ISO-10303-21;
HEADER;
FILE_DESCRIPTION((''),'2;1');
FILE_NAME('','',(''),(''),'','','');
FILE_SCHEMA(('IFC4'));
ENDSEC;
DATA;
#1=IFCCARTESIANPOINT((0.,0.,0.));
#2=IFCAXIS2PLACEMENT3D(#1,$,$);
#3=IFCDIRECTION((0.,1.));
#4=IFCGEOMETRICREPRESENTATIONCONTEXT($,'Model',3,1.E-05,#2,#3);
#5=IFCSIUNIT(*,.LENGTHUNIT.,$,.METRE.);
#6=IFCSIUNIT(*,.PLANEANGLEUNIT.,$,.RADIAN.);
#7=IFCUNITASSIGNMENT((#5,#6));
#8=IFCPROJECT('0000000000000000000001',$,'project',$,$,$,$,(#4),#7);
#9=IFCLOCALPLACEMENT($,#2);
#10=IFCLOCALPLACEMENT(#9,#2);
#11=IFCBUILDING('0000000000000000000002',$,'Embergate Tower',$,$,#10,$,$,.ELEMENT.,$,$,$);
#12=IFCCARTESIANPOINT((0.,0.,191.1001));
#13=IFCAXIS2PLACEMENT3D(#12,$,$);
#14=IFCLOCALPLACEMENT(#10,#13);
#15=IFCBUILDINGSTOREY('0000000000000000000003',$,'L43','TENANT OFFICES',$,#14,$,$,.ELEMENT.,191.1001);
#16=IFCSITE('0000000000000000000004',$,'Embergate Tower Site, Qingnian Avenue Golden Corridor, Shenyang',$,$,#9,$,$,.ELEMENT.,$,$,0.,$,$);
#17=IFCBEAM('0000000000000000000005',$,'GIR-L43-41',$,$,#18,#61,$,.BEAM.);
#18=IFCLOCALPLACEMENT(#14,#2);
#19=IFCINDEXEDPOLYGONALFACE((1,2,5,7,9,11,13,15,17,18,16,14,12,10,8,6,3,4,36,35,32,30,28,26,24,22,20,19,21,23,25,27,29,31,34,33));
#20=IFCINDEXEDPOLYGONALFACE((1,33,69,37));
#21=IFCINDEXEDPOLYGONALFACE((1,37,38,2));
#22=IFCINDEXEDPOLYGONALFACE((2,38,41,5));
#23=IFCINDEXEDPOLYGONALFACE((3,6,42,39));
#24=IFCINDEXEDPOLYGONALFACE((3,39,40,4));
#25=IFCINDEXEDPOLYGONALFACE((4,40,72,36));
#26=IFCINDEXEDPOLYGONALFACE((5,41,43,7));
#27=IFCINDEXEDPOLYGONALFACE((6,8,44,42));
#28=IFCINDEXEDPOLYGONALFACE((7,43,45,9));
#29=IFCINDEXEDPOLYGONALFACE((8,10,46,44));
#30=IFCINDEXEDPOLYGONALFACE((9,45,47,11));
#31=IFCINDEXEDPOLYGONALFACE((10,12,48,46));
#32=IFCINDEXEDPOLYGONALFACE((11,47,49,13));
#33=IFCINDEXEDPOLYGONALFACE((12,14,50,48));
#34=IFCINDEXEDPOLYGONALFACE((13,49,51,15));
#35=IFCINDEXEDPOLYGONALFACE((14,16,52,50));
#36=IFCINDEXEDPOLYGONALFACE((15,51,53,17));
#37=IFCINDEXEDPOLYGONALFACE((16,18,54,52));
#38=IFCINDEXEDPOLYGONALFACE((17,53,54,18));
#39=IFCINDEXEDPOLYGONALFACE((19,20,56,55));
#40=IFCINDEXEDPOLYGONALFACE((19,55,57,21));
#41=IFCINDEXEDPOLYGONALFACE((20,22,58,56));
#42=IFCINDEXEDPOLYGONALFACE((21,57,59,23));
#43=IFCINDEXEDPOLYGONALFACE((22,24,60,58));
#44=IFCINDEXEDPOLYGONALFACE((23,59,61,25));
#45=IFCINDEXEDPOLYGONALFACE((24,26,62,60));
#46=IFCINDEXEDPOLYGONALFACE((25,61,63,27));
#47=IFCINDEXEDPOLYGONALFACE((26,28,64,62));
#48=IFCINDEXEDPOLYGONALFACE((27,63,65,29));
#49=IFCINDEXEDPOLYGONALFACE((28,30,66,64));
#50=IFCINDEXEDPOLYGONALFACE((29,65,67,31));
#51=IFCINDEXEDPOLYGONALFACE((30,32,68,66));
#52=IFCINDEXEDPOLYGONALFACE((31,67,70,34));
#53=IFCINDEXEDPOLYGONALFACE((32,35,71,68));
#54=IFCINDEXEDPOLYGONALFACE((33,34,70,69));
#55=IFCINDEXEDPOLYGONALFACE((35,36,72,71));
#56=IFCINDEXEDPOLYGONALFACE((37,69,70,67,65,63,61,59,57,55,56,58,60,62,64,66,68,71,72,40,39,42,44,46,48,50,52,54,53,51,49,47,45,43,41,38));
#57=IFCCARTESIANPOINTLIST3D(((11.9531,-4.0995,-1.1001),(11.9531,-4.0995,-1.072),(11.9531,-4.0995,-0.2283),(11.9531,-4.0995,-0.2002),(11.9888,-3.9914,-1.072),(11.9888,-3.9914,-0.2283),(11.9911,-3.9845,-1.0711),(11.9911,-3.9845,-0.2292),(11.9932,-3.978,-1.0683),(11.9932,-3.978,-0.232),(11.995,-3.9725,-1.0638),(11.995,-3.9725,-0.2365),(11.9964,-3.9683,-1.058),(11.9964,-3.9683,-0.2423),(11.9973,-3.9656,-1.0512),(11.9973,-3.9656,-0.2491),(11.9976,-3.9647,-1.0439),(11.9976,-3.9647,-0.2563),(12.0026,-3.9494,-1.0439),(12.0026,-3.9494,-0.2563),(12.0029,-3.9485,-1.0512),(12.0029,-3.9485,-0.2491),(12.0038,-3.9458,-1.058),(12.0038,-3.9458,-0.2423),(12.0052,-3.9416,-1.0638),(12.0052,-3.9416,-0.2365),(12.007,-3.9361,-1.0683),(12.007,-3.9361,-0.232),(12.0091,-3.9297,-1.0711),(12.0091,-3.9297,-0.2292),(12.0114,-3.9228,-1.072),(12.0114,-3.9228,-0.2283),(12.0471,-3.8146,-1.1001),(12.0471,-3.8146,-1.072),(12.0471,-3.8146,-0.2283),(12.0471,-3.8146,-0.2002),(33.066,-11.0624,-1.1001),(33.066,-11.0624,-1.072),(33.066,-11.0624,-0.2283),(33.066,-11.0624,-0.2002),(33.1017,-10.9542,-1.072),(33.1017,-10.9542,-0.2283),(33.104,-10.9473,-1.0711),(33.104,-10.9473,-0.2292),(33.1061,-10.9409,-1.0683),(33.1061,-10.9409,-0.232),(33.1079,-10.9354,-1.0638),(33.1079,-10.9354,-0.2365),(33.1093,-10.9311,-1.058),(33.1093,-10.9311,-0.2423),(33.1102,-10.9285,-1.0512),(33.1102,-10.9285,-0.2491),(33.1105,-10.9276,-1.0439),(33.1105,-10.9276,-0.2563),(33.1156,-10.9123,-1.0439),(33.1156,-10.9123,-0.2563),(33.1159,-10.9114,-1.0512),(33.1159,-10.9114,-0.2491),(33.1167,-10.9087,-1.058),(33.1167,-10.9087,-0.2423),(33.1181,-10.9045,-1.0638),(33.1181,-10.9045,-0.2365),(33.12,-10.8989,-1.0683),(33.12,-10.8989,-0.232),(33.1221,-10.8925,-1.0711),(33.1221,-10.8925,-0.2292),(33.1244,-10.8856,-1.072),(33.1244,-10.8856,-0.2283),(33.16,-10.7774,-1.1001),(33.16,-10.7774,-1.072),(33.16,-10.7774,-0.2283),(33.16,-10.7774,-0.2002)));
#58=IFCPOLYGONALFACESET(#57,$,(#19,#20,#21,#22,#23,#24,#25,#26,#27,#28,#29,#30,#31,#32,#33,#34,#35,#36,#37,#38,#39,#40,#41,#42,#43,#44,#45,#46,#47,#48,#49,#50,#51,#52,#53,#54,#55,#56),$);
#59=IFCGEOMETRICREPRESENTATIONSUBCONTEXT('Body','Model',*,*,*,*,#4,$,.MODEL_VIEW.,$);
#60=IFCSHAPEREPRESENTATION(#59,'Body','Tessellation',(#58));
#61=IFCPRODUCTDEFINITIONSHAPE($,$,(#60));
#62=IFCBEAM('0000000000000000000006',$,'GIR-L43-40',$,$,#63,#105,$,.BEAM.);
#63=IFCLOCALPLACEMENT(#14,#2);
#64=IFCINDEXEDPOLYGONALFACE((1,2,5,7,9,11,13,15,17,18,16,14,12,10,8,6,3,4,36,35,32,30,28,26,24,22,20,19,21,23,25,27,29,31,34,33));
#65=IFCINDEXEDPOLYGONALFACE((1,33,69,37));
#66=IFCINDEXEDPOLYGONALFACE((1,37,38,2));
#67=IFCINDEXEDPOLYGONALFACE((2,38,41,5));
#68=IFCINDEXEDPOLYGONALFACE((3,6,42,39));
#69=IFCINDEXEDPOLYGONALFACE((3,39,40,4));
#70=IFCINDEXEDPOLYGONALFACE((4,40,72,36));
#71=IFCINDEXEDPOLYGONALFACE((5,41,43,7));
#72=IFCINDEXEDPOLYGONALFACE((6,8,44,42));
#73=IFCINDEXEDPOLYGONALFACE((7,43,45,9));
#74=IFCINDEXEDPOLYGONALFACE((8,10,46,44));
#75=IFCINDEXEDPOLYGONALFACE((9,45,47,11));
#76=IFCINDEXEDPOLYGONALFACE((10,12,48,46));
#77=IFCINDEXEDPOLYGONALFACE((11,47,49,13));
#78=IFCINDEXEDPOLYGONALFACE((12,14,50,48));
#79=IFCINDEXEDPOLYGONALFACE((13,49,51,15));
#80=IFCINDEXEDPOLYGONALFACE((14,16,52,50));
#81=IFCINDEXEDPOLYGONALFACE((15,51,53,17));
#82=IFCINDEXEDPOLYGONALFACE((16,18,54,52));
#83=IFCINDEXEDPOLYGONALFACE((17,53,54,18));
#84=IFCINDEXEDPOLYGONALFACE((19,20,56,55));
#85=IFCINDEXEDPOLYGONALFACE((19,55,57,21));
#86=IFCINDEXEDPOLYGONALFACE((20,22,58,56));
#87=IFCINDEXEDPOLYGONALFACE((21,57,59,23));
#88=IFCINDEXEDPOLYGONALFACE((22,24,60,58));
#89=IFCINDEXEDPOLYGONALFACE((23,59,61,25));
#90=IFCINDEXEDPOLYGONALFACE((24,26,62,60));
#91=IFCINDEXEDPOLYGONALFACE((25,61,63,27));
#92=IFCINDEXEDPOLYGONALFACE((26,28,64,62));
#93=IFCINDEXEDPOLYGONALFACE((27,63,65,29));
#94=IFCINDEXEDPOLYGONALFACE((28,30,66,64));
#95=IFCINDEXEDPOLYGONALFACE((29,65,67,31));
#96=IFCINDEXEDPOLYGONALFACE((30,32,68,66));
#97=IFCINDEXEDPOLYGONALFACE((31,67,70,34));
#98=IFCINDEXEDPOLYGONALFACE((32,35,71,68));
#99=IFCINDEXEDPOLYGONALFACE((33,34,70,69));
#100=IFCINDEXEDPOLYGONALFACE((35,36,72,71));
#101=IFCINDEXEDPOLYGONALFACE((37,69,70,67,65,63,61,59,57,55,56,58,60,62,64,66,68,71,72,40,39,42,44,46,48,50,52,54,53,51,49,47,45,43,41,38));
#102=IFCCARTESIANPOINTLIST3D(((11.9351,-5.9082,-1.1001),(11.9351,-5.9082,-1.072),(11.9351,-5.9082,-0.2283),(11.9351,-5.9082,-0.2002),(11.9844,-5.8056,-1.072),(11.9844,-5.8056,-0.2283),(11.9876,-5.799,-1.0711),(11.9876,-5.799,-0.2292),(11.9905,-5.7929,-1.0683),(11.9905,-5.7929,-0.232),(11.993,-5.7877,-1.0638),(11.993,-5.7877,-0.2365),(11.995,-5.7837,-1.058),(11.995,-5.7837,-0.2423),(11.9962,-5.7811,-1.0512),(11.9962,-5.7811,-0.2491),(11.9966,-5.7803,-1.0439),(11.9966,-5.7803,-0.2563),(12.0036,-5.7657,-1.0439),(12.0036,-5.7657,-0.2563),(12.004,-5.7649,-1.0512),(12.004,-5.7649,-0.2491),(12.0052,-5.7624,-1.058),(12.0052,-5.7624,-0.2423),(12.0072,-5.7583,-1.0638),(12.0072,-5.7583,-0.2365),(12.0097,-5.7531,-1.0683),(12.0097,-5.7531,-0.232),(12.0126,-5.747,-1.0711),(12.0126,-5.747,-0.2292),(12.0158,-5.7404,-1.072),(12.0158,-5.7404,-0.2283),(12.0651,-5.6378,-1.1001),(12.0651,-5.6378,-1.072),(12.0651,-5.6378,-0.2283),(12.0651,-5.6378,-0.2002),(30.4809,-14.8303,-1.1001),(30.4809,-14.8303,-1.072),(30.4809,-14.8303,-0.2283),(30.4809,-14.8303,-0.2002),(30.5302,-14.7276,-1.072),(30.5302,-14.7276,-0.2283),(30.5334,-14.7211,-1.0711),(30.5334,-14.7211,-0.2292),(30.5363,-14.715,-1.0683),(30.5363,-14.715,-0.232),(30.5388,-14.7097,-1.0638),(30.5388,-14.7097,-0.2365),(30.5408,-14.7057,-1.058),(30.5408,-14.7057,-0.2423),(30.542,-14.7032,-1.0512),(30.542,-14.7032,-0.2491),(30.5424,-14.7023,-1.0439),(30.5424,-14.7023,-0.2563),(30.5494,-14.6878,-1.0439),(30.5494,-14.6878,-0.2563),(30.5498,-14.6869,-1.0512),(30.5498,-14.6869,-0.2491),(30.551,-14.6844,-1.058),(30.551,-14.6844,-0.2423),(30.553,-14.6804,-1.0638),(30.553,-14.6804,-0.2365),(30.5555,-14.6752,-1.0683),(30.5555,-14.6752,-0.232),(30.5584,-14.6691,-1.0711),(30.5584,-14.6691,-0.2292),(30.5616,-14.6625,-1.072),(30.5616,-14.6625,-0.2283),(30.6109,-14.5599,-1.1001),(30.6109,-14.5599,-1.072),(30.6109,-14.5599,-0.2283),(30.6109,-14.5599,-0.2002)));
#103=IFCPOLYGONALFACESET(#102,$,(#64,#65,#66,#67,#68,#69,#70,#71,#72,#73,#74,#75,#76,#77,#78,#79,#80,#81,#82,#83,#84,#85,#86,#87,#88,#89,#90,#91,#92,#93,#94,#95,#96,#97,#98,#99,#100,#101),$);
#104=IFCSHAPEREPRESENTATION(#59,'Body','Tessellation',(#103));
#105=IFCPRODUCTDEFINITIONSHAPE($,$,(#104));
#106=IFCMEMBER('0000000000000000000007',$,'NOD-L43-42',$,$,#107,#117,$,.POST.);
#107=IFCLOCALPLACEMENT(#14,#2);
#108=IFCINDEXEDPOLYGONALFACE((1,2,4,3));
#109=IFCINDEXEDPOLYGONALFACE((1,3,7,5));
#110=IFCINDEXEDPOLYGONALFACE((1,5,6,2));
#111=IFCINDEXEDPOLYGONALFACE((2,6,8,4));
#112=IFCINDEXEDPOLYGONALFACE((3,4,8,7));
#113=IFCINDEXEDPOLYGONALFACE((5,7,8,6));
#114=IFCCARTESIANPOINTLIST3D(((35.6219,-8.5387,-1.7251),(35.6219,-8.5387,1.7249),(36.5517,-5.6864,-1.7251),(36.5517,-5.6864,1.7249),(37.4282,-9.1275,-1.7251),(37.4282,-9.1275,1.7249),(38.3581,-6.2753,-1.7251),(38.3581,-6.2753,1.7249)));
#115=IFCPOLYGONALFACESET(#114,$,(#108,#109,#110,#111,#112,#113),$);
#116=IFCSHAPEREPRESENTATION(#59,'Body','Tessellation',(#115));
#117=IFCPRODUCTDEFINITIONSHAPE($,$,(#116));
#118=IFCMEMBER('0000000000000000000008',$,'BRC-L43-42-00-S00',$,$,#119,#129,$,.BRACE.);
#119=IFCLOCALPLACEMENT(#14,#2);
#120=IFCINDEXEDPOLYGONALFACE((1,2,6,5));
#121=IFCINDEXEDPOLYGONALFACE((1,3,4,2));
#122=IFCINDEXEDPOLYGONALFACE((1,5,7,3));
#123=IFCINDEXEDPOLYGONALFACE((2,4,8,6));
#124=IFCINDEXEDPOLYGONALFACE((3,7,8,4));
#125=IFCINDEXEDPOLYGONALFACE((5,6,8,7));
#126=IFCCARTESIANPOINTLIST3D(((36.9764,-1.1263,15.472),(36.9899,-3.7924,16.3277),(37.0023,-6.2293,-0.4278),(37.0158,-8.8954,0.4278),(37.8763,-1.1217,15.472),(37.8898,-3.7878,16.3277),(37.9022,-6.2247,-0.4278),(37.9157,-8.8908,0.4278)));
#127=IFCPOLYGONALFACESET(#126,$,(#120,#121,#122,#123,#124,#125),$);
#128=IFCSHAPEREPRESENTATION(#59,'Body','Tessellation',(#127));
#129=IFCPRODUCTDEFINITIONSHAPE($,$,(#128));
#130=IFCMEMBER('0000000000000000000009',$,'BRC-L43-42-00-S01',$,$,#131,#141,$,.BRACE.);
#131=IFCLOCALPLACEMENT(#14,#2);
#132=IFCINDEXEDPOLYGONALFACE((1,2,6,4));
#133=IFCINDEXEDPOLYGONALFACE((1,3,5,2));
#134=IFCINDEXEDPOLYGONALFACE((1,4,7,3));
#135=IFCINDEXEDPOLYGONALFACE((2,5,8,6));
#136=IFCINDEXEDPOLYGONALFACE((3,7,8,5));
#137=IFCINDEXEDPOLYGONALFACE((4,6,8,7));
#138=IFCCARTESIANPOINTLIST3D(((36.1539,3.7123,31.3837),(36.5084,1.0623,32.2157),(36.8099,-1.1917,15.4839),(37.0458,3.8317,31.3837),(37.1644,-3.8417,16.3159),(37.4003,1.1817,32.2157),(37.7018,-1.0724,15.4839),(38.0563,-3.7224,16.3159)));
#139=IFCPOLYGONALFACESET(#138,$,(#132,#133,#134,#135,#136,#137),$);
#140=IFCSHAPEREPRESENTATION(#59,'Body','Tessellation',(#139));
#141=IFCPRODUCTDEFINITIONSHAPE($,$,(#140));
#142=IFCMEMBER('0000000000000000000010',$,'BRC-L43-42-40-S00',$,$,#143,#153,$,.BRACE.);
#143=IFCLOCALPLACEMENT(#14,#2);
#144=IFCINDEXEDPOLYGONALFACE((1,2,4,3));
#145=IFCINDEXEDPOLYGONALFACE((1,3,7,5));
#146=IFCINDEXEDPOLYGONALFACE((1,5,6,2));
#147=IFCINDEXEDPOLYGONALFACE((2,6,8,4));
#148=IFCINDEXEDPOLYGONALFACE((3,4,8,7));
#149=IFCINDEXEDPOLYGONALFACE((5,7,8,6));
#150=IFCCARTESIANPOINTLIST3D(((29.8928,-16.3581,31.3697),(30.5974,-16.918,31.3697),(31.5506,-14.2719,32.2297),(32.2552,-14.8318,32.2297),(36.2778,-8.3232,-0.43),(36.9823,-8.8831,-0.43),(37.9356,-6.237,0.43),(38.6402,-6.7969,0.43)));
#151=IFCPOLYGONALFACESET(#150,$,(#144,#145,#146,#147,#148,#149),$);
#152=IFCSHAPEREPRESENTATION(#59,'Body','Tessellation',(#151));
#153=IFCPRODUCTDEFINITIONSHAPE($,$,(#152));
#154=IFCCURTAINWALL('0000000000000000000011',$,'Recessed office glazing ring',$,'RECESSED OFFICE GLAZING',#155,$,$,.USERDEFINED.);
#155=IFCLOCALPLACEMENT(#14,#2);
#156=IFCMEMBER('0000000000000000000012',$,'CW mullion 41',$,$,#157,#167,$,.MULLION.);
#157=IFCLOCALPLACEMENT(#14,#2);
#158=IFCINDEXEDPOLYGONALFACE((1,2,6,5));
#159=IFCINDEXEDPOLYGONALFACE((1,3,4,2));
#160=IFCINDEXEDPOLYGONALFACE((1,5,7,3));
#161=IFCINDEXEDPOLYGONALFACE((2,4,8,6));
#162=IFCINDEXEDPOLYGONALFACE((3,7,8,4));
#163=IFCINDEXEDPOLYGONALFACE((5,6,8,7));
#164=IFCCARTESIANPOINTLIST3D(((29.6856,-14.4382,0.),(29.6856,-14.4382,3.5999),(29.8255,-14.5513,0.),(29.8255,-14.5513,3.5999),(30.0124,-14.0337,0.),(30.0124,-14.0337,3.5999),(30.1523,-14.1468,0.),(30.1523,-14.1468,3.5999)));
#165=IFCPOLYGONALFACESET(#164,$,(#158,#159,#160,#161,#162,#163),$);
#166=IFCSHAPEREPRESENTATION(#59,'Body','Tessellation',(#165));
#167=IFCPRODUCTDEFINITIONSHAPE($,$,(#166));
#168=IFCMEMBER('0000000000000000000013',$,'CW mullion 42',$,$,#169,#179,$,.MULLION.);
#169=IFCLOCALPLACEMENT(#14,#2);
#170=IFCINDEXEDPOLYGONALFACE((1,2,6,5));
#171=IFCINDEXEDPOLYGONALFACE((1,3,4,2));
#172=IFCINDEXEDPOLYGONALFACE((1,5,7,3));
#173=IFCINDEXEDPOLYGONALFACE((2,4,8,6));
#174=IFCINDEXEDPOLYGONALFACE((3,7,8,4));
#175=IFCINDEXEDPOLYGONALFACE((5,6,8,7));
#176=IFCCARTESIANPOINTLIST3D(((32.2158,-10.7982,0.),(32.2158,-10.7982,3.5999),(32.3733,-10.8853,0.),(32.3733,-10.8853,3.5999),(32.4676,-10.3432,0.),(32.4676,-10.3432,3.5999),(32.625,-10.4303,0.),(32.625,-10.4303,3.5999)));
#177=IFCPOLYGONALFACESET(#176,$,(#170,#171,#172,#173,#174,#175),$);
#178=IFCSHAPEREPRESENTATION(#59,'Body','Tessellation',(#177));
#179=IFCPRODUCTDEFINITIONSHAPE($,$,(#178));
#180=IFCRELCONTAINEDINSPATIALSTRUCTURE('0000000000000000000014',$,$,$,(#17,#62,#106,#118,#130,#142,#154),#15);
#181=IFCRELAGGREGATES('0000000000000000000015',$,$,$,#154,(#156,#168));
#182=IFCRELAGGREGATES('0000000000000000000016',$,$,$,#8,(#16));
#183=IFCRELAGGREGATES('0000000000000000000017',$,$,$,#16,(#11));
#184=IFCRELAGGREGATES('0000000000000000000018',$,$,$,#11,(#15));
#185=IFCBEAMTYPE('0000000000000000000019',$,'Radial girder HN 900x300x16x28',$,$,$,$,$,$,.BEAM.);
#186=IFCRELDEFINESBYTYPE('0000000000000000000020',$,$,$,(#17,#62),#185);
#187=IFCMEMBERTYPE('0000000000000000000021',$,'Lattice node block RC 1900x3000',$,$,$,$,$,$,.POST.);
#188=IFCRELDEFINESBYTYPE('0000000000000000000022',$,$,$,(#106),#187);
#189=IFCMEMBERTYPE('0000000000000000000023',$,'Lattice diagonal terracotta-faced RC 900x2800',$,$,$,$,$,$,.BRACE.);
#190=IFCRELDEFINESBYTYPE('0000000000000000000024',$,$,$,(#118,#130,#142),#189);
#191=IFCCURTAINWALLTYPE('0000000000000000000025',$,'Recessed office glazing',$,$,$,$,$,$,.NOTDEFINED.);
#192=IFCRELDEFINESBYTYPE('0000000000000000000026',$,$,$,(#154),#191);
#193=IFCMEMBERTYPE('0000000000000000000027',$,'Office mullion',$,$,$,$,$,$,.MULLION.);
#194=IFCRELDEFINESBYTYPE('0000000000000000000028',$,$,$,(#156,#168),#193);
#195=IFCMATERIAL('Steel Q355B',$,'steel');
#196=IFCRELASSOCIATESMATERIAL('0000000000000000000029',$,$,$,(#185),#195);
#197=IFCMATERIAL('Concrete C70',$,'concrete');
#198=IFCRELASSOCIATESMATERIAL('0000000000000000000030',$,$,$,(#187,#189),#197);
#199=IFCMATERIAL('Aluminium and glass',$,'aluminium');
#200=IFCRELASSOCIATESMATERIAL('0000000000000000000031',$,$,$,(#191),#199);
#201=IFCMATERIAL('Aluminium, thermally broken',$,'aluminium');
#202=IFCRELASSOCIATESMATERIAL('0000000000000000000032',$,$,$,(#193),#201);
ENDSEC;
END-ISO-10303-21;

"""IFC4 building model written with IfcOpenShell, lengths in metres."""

from ifc_helpers import new_model, si_unit, direction, frame, origin, origin_2d, place, context, subcontext, project, spatial, rectangle, i_section, extrude, source, transform, mapped, material, material_profile, profile_set, type_object, element, aggregate, save


model = new_model("IFC4")

# Units and contexts
model_context = context("Model", 3, precision=1e-05, world=origin(), true_north=direction((0.0, 1.0)))
body_context = subcontext(model_context, "Body", "Model", "MODEL_VIEW")
ifc_project = project(units=[si_unit("LENGTHUNIT", "METRE"), si_unit("PLANEANGLEUNIT", "RADIAN")], contexts=[model_context])

# Site, building, storey
site_placement = place(None, origin())
site = spatial("IfcSite", under=ifc_project, at=site_placement, Name="Embergate Tower Site, Qingnian Avenue Golden Corridor, Shenyang", CompositionType="ELEMENT", RefElevation=0.0)
building_placement = place(site_placement, origin())
building = spatial("IfcBuilding", under=site, at=building_placement, Name="Embergate Tower", CompositionType="ELEMENT")
storey_placement = place(building_placement, frame((0.0, 0.0, 191.1001)))
storey = spatial("IfcBuildingStorey", under=building, at=storey_placement, Name="L43", Description="TENANT OFFICES", CompositionType="ELEMENT", Elevation=191.1001)

# Shared definitions
ifc_material_1 = material(Name="Concrete C70", Category="concrete")

# Beams
ifc_material_2 = material(Name="Steel Q355B", Category="steel")
ifc_material_profile_1 = material_profile(ifc_material_2, i_section(OverallWidth=0.3, OverallDepth=0.8999, WebThickness=0.0161, FlangeThickness=0.0281, FilletRadius=0.0281, at=origin_2d()), Name="HN 900x300x16x28")
ifc_profile_set_1 = profile_set([ifc_material_profile_1], Name="Steel Q355 grade B")
beam_type_1 = type_object("IfcBeamType", Name="Radial girder HN 900x300x16x28", PredefinedType="BEAM", material=ifc_profile_set_1)
shared_shape_1 = source(origin(), body_context, "Body", "SweptSolid", [
    extrude(i_section(OverallWidth=0.3, OverallDepth=0.8999, WebThickness=0.0161, FlangeThickness=0.0281, FilletRadius=0.0281, at=origin_2d()), origin(), (0.0, 0.0, 1.0), 22.2314),
])
beam_1_placement = place(storey_placement, frame((33.113, -10.9199, -0.6501), z_axis=(-0.949688, 0.313198, 0.0), x_axis=(-0.313198, -0.949688, 0.0)))
element("IfcBeam", 1, at=beam_1_placement, inside=storey, type_object=beam_type_1, Name="GIR-L43-41", PredefinedType="BEAM", context=body_context, shape_type="MappedRepresentation", body=[
    mapped(shared_shape_1, transform((0.0, 0.0, 0.0))),
])
shared_shape_2 = source(origin(), body_context, "Body", "SweptSolid", [
    extrude(i_section(OverallWidth=0.3, OverallDepth=0.8999, WebThickness=0.0161, FlangeThickness=0.0281, FilletRadius=0.0281, at=origin_2d()), origin(), (0.0, 0.0, 1.0), 20.5803),
])
beam_2_placement = place(storey_placement, frame((30.5459, -14.6951, -0.6501), z_axis=(-0.901142, 0.433524, 0.0), x_axis=(-0.433524, -0.901142, 0.0)))
element("IfcBeam", 2, at=beam_2_placement, inside=storey, type_object=beam_type_1, Name="GIR-L43-40", PredefinedType="BEAM", context=body_context, shape_type="MappedRepresentation", body=[
    mapped(shared_shape_2, transform((0.0, 0.0, 0.0))),
])

# Members
ifc_material_profile_2 = material_profile(ifc_material_1, rectangle(XDim=1.8999, YDim=3.0, at=origin_2d()), Name="RC 1900x3000")
ifc_profile_set_2 = profile_set([ifc_material_profile_2], Name="Concrete C70")
member_type_1 = type_object("IfcMemberType", Name="Lattice node block RC 1900x3000", PredefinedType="POST", material=ifc_profile_set_2)
shared_shape_3 = source(origin(), body_context, "Body", "SweptSolid", [
    extrude(rectangle(XDim=1.8999, YDim=3.0, at=origin_2d()), origin(), (0.0, 0.0, 1.0), 3.45),
])
member_1_placement = place(storey_placement, frame((36.99, -7.407, -1.7251), z_axis=(0.0, 0.0, 1.0), x_axis=(0.950754, -0.309946, 0.0)))
element("IfcMember", 3, at=member_1_placement, inside=storey, type_object=member_type_1, Name="NOD-L43-42", PredefinedType="POST", context=body_context, shape_type="MappedRepresentation", body=[
    mapped(shared_shape_3, transform((0.0, 0.0, 0.0))),
])
ifc_material_profile_3 = material_profile(ifc_material_1, rectangle(XDim=0.8999, YDim=2.8, at=origin_2d()), Name="RC 900x2800")
ifc_profile_set_3 = profile_set([ifc_material_profile_3], Name="Concrete C70")
member_type_2 = type_object("IfcMemberType", Name="Lattice diagonal terracotta-faced RC 900x2800", PredefinedType="BRACE", material=ifc_profile_set_3)
shared_shape_4 = source(origin(), body_context, "Body", "SweptSolid", [
    extrude(rectangle(XDim=0.8999, YDim=2.8, at=origin_2d()), origin(), (0.0, 0.0, 1.0), 16.6987),
])
member_2_placement = place(storey_placement, frame((37.459, -7.5601, 0.0), z_axis=(-0.00155, 0.305593, 0.952161), x_axis=(-0.999987, -0.005071, 0.0)))
element("IfcMember", 4, at=member_2_placement, inside=storey, type_object=member_type_2, Name="BRC-L43-42-00-S00", PredefinedType="BRACE", context=body_context, shape_type="MappedRepresentation", body=[
    mapped(shared_shape_4, transform((0.0, 0.0, 0.0))),
])
shared_shape_5 = source(origin(), body_context, "Body", "SweptSolid", [
    extrude(rectangle(XDim=0.8999, YDim=2.8, at=origin_2d()), origin(), (0.0, 0.0, 1.0), 16.6519),
])
member_3_placement = place(storey_placement, frame((37.4331, -2.457, 15.8999), z_axis=(-0.039395, 0.294503, 0.954838), x_axis=(-0.991171, -0.132587, 0.0)))
element("IfcMember", 5, at=member_3_placement, inside=storey, type_object=member_type_2, Name="BRC-L43-42-00-S01", PredefinedType="BRACE", context=body_context, shape_type="MappedRepresentation", body=[
    mapped(shared_shape_5, transform((0.0, 0.0, 0.0))),
])
shared_shape_6 = source(origin(), body_context, "Body", "SweptSolid", [
    extrude(rectangle(XDim=0.8999, YDim=2.8, at=origin_2d()), origin(), (0.0, 0.0, 1.0), 33.4148),
])
member_4_placement = place(storey_placement, frame((37.459, -7.5601, 0.0), z_axis=(-0.191083, -0.240459, 0.951665), x_axis=(0.782905, -0.622142, 0.0)))
element("IfcMember", 6, at=member_4_placement, inside=storey, type_object=member_type_2, Name="BRC-L43-42-40-S00", PredefinedType="BRACE", context=body_context, shape_type="MappedRepresentation", body=[
    mapped(shared_shape_6, transform((0.0, 0.0, 0.0))),
])

# Curtain wall, members
ifc_material_3 = material(Name="Aluminium and glass", Category="aluminium")
curtain_wall_type = type_object("IfcCurtainWallType", Name="Recessed office glazing", PredefinedType="NOTDEFINED", material=ifc_material_3)
curtain_wall_placement = place(storey_placement, origin())
curtain_wall = element("IfcCurtainWall", 7, at=curtain_wall_placement, inside=storey, type_object=curtain_wall_type, Name="Recessed office glazing ring", ObjectType="RECESSED OFFICE GLAZING", PredefinedType="USERDEFINED")
ifc_material_4 = material(Name="Aluminium, thermally broken", Category="aluminium")
ifc_material_profile_4 = material_profile(ifc_material_4, rectangle(XDim=0.1799, YDim=0.52, at=origin_2d()), Name="AL 520x180")
ifc_profile_set_4 = profile_set([ifc_material_profile_4], Name="Aluminium, thermally broken")
member_type_3 = type_object("IfcMemberType", Name="Office mullion", PredefinedType="MULLION", material=ifc_profile_set_4)
shared_shape_7 = source(origin(), body_context, "Body", "SweptSolid", [
    extrude(rectangle(XDim=0.1799, YDim=0.52, at=origin_2d()), origin(), (0.0, 0.0, 1.0), 3.5999),
])
member_5_placement = place(storey_placement, frame((29.9189, -14.2925, 0.0), z_axis=(0.0, 0.0, 1.0), x_axis=(-0.777869, 0.628426, 0.0)))
member_5 = element("IfcMember", 8, at=member_5_placement, type_object=member_type_3, Name="CW mullion 41", PredefinedType="MULLION", context=body_context, shape_type="MappedRepresentation", body=[
    mapped(shared_shape_7, transform((0.0, 0.0, 0.0))),
])
member_6_placement = place(storey_placement, frame((32.4204, -10.6143, 0.0), z_axis=(0.0, 0.0, 1.0), x_axis=(-0.874999, 0.484124, 0.0)))
member_6 = element("IfcMember", 9, at=member_6_placement, type_object=member_type_3, Name="CW mullion 42", PredefinedType="MULLION", context=body_context, shape_type="MappedRepresentation", body=[
    mapped(shared_shape_7, transform((0.0, 0.0, 0.0))),
])
aggregate(curtain_wall, [member_5, member_6])

save(model, "model.ifc")
